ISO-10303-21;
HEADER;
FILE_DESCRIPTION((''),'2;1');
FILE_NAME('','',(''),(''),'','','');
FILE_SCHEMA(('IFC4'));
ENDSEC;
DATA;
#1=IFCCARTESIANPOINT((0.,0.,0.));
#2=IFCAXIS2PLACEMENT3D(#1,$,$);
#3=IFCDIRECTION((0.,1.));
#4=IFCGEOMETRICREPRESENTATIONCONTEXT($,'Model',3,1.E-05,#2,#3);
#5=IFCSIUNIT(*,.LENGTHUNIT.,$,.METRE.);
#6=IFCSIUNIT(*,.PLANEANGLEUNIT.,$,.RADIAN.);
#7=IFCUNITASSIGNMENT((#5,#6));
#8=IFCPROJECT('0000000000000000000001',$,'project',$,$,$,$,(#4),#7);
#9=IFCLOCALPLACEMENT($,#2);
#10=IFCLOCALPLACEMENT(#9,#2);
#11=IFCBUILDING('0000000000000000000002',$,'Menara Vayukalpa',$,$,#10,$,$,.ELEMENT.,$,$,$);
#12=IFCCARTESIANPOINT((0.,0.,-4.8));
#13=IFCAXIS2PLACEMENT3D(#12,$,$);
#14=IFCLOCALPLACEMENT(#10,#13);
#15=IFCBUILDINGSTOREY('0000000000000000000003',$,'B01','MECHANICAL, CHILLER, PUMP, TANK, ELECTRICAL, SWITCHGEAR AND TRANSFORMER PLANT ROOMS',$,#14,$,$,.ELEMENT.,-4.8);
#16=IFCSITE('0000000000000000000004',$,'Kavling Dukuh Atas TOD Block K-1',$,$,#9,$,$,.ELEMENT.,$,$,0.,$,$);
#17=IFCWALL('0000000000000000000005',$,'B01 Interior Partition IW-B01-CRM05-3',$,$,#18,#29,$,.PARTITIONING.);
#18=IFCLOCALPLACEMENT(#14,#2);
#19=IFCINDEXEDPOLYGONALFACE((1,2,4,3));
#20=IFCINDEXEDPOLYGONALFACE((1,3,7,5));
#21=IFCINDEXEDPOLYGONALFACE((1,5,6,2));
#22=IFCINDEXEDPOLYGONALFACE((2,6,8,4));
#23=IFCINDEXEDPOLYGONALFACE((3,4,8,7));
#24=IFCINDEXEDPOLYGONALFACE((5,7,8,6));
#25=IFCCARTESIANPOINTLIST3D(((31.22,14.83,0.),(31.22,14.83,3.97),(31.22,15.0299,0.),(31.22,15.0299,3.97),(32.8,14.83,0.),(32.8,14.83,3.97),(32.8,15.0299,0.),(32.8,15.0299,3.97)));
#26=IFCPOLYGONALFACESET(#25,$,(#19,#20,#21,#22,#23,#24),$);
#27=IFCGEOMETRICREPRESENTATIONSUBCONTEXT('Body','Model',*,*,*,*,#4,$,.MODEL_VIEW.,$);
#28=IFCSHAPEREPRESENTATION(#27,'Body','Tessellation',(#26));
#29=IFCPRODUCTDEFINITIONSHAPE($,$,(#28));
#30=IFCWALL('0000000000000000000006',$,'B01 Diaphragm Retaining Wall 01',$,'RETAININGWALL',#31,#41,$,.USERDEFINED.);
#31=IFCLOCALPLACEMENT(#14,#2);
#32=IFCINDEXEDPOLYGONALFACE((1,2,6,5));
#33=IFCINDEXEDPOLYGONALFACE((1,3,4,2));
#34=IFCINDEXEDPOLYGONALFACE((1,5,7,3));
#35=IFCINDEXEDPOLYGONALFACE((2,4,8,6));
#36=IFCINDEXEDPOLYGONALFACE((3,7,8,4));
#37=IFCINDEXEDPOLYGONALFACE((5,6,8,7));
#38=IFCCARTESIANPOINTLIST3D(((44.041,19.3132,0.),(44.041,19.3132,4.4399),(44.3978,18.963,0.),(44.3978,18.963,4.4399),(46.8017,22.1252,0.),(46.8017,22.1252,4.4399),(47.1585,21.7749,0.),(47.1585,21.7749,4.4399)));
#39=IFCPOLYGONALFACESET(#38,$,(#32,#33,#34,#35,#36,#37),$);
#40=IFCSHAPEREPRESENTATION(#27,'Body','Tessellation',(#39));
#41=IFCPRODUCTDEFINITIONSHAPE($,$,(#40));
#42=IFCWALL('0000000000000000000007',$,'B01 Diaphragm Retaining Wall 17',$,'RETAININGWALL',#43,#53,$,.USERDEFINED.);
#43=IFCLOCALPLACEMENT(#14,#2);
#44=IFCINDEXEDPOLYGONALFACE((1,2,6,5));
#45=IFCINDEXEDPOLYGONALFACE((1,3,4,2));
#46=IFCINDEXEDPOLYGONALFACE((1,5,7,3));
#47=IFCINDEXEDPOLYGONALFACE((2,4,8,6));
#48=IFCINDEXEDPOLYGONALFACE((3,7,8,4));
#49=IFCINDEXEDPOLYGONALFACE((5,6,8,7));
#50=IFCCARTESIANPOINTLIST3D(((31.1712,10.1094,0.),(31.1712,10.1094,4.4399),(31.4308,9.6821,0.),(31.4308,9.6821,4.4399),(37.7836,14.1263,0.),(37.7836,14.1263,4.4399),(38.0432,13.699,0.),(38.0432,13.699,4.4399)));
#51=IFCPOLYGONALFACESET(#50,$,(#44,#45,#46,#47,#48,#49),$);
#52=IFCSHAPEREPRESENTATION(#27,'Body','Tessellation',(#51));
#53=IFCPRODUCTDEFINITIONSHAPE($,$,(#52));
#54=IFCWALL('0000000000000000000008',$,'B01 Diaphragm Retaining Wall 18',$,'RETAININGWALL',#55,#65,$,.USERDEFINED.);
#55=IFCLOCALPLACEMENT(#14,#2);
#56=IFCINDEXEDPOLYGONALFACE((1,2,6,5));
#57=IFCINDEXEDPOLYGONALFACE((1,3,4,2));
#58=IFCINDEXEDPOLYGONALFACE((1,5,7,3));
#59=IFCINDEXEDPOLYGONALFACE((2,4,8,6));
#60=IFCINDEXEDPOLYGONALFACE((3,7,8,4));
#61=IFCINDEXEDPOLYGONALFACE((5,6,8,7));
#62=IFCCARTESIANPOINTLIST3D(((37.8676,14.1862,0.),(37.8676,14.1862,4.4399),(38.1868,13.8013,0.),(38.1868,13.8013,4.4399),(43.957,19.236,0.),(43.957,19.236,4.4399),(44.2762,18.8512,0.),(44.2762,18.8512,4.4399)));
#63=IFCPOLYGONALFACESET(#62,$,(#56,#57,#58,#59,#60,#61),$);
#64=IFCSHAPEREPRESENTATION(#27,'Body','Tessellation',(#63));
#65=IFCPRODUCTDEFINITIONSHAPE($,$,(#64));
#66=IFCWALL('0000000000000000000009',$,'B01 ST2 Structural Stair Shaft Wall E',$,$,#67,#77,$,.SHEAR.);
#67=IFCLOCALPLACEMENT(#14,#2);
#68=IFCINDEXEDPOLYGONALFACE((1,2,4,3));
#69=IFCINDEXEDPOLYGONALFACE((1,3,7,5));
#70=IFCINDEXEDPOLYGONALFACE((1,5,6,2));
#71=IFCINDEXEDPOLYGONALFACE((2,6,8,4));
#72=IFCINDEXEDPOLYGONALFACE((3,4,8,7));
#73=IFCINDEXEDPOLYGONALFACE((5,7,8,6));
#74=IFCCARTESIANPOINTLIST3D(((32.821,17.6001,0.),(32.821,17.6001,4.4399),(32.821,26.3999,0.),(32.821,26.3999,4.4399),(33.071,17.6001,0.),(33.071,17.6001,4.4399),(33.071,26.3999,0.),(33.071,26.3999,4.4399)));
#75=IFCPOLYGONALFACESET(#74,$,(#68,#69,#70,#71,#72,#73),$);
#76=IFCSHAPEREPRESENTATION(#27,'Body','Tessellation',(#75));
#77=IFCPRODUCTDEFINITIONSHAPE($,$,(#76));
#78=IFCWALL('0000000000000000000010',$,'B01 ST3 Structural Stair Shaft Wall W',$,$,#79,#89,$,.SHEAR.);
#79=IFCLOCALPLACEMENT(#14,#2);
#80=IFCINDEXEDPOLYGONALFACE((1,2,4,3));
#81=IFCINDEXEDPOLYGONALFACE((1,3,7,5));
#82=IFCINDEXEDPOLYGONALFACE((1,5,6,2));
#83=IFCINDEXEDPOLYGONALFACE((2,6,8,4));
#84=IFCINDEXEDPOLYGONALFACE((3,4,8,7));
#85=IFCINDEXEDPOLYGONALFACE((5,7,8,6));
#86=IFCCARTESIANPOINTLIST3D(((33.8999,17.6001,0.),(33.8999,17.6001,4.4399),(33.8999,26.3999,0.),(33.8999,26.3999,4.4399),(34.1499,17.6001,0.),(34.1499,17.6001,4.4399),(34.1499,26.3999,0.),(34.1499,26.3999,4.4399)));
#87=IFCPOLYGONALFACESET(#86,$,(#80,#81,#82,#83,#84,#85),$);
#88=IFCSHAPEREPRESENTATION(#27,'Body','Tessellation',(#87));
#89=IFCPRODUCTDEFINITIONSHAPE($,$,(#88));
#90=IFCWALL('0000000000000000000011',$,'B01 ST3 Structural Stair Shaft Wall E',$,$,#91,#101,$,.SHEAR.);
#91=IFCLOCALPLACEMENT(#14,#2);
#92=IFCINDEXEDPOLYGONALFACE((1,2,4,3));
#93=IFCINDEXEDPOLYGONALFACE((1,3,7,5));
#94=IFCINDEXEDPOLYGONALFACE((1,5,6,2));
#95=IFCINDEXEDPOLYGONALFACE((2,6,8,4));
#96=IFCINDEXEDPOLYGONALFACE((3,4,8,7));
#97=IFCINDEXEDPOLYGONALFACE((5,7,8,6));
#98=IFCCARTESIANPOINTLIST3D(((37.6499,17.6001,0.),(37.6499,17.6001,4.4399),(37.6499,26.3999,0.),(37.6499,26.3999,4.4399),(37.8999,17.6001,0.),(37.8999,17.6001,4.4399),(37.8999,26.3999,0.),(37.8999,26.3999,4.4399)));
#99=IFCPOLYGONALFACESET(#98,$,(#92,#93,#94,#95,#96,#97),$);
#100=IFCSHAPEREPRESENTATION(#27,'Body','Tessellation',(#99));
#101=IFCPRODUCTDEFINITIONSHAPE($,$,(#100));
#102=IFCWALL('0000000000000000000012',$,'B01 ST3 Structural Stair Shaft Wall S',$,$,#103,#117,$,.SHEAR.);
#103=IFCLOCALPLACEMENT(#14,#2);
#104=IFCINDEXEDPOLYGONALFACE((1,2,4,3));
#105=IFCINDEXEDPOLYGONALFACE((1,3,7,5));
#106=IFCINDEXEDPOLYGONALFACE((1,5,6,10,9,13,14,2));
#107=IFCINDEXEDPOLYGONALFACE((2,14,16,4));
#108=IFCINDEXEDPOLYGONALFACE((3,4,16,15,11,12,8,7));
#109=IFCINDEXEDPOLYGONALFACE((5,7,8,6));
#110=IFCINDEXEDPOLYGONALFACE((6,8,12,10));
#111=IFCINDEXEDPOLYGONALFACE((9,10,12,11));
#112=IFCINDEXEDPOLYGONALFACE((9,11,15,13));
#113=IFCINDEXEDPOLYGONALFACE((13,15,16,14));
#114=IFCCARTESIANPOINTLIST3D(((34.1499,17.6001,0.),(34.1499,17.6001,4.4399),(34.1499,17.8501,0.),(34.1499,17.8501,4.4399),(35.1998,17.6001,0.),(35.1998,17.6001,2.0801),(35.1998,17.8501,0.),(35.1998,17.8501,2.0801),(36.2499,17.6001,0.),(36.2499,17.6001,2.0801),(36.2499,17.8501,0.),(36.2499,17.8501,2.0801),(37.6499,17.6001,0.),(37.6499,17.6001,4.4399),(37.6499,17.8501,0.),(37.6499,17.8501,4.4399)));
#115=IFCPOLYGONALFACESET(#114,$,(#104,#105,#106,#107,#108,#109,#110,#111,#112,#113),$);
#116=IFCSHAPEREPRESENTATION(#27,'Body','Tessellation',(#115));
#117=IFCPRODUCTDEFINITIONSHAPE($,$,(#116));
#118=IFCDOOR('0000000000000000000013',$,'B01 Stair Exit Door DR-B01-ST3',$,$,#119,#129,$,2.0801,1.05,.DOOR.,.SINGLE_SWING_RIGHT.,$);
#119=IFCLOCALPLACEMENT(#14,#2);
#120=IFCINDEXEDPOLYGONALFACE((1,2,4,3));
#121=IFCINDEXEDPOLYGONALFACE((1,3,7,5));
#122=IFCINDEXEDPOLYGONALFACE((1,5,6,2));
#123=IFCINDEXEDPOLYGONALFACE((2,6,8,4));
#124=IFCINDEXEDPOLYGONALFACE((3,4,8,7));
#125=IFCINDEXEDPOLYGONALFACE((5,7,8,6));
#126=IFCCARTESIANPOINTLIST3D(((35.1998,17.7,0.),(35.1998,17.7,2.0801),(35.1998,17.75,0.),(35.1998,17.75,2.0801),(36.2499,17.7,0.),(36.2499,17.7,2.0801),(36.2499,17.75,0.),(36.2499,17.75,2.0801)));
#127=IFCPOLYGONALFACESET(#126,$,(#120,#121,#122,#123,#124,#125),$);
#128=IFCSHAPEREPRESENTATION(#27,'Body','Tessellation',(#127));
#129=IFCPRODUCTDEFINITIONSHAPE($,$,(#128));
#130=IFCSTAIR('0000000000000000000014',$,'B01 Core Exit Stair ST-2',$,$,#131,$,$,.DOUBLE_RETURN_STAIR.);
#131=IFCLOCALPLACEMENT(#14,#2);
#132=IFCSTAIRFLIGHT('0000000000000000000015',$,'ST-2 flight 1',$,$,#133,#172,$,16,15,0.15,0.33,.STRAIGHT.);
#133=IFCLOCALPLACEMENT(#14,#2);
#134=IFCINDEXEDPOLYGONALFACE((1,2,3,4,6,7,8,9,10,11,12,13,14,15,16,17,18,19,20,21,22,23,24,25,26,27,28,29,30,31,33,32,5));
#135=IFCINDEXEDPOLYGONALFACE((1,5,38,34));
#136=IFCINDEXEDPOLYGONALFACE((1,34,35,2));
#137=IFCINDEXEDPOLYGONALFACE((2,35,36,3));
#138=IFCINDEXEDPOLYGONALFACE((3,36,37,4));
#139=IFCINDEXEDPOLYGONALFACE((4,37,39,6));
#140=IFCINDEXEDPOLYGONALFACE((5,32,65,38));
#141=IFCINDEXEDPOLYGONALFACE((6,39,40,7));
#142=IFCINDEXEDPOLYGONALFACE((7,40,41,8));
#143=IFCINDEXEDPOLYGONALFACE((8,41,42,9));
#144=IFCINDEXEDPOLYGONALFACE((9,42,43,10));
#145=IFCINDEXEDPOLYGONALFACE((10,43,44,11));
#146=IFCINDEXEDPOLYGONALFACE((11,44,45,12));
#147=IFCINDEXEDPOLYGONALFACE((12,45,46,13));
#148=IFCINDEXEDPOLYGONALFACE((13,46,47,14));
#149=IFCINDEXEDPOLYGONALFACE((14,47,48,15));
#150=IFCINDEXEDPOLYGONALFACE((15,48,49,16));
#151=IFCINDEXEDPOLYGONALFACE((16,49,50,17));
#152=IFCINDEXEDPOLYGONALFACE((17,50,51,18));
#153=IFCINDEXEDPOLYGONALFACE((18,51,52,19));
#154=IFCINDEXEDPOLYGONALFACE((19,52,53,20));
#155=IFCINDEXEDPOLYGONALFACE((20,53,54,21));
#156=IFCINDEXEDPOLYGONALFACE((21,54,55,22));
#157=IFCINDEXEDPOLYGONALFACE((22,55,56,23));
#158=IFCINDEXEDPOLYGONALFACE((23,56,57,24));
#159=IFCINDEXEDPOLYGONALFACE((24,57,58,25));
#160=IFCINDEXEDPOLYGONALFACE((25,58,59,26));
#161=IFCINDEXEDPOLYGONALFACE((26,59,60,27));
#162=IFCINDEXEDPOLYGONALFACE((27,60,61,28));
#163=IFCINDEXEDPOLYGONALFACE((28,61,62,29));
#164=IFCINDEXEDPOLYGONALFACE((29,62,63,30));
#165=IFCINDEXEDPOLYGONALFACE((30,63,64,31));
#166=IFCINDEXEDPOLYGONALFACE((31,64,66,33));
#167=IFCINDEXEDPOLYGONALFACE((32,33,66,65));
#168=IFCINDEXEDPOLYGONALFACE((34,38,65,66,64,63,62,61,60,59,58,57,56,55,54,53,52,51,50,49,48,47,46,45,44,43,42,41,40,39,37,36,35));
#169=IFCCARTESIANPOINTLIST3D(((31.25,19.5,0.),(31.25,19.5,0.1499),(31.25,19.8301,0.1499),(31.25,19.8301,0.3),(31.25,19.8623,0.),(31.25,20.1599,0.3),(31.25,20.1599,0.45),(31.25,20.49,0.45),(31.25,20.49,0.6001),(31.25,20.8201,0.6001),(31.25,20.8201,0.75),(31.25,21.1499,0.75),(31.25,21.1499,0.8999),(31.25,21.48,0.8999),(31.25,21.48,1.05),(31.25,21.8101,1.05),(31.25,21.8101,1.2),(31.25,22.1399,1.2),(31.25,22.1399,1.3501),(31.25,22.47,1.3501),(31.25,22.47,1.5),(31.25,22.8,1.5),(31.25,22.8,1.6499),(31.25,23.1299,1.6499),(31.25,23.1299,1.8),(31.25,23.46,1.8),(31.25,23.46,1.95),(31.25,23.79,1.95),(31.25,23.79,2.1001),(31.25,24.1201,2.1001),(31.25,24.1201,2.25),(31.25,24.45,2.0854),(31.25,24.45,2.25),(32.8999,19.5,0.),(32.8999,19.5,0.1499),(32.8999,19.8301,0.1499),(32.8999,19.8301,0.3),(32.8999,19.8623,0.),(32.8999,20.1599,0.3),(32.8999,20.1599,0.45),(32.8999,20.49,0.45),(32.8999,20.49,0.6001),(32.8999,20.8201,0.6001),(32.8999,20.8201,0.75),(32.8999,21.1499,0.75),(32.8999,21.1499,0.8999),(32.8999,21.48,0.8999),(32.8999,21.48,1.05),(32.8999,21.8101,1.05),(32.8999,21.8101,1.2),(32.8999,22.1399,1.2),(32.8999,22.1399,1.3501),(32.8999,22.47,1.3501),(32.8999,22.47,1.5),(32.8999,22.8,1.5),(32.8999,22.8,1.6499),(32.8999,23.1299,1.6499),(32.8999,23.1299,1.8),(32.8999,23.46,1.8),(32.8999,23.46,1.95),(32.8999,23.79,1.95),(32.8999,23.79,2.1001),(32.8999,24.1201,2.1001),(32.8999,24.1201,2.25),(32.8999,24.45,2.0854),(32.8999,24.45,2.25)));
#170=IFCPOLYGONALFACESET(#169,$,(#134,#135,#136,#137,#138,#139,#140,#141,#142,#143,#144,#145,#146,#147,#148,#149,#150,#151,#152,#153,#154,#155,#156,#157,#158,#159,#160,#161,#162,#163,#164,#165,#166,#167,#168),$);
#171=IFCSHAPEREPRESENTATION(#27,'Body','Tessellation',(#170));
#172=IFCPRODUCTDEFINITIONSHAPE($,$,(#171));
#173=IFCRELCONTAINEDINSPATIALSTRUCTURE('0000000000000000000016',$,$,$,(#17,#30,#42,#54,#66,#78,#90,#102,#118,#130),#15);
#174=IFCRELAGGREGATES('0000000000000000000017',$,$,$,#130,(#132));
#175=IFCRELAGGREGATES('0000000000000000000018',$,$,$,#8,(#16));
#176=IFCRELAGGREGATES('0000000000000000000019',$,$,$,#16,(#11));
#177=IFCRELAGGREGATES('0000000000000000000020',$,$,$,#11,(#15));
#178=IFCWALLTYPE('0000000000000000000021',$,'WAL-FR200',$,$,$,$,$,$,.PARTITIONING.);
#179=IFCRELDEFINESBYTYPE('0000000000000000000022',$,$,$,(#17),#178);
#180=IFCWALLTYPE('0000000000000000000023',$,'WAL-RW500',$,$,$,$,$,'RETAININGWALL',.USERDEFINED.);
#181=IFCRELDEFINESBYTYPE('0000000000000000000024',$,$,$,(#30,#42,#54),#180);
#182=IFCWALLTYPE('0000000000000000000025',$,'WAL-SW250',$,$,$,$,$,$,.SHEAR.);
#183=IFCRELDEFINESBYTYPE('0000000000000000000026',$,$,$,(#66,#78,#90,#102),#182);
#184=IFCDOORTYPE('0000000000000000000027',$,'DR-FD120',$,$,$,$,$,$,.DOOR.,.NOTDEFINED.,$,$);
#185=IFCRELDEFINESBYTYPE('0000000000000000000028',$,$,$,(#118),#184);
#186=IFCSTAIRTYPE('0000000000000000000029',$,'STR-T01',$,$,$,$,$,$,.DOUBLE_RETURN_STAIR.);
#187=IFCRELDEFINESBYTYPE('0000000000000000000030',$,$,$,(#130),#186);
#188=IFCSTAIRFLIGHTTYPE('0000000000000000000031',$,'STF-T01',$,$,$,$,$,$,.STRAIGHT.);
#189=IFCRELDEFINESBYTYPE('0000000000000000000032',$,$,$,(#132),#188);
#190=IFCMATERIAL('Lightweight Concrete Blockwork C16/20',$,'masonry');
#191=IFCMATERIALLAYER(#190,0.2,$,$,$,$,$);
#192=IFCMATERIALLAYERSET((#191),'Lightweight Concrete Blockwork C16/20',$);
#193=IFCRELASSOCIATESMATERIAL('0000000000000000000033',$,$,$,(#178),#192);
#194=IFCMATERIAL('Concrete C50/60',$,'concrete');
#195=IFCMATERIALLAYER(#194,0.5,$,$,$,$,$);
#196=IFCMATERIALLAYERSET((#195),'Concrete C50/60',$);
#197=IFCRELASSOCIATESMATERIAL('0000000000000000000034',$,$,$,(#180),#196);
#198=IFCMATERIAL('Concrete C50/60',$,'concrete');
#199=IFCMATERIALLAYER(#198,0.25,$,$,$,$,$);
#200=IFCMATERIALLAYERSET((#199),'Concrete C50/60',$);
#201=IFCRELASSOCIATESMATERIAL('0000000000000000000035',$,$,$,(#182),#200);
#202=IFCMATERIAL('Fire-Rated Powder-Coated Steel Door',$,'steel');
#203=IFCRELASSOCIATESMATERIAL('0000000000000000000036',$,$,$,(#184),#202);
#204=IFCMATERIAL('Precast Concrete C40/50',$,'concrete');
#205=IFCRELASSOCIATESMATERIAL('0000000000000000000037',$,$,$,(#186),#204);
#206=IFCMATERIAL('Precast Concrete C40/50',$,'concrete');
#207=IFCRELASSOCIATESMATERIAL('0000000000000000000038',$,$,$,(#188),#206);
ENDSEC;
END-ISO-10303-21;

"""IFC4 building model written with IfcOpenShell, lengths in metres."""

from ifc_helpers import new_model, si_unit, direction, frame, frame_2d, origin, place, context, subcontext, project, spatial, polyline, rectangle, outline, extrude, material, layer, layer_set, type_object, element, fill, aggregate, save


model = new_model("IFC4")

# Units and contexts
model_context = context("Model", 3, precision=1e-05, world=origin(), true_north=direction((0.0, 1.0)))
body_context = subcontext(model_context, "Body", "Model", "MODEL_VIEW")
ifc_project = project(units=[si_unit("LENGTHUNIT", "METRE"), si_unit("PLANEANGLEUNIT", "RADIAN")], contexts=[model_context])

# Site, building, storey
site_placement = place(None, origin())
site = spatial("IfcSite", under=ifc_project, at=site_placement, Name="Kavling Dukuh Atas TOD Block K-1", CompositionType="ELEMENT", RefElevation=0.0)
building_placement = place(site_placement, origin())
building = spatial("IfcBuilding", under=site, at=building_placement, Name="Menara Vayukalpa", CompositionType="ELEMENT")
storey_placement = place(building_placement, frame((0.0, 0.0, -4.8)))
storey = spatial("IfcBuildingStorey", under=building, at=storey_placement, Name="B01", Description="MECHANICAL, CHILLER, PUMP, TANK, ELECTRICAL, SWITCHGEAR AND TRANSFORMER PLANT ROOMS", CompositionType="ELEMENT", Elevation=-4.8)

# Shared definitions
ifc_material_1 = material(Name="Lightweight Concrete Blockwork C16/20", Category="masonry")
ifc_layer_1 = layer(ifc_material_1, 0.2)
ifc_layer_set_1 = layer_set([ifc_layer_1], Name="Lightweight Concrete Blockwork C16/20")
wall_type_1 = type_object("IfcWallType", Name="WAL-FR200", PredefinedType="PARTITIONING", material=ifc_layer_set_1)

# Walls
wall_1_placement = place(storey_placement, frame((32.8, 14.9299, 0.0), z_axis=(0.0, 0.0, 1.0), x_axis=(-1.0, 0.0, 0.0)))
element("IfcWall", 1, at=wall_1_placement, inside=storey, type_object=wall_type_1, Name="B01 Interior Partition IW-B01-CRM05-3", PredefinedType="PARTITIONING", context=body_context, shape_type="SweptSolid", body=[
    extrude(rectangle(XDim=1.5801, YDim=0.2, at=frame_2d((0.79, 0.0))), origin(), (0.0, 0.0, 1.0), 3.97),
])
ifc_material_2 = material(Name="Concrete C50/60", Category="concrete")
ifc_layer_2 = layer(ifc_material_2, 0.5)
ifc_layer_set_2 = layer_set([ifc_layer_2], Name="Concrete C50/60")
wall_type_2 = type_object("IfcWallType", Name="WAL-RW500", ElementType="RETAININGWALL", PredefinedType="USERDEFINED", material=ifc_layer_set_2)
wall_2_placement = place(storey_placement, frame((44.2195, 19.1382, 0.0), z_axis=(0.0, 0.0, 1.0), x_axis=(0.700572, 0.713582, 0.0)))
element("IfcWall", 2, at=wall_2_placement, inside=storey, type_object=wall_type_2, Name="B01 Diaphragm Retaining Wall 01", ObjectType="RETAININGWALL", PredefinedType="USERDEFINED", context=body_context, shape_type="SweptSolid", body=[
    extrude(rectangle(XDim=3.9407, YDim=0.5, at=frame_2d((1.9702, 0.0))), origin(), (0.0, 0.0, 1.0), 4.4399),
])
wall_3_placement = place(storey_placement, frame((31.301, 9.8958, 0.0), z_axis=(0.0, 0.0, 1.0), x_axis=(0.85466, 0.519189, 0.0)))
element("IfcWall", 3, at=wall_3_placement, inside=storey, type_object=wall_type_2, Name="B01 Diaphragm Retaining Wall 17", ObjectType="RETAININGWALL", PredefinedType="USERDEFINED", context=body_context, shape_type="SweptSolid", body=[
    extrude(rectangle(XDim=7.7368, YDim=0.5, at=frame_2d((3.8684, 0.0))), origin(), (0.0, 0.0, 1.0), 4.4399),
])
wall_4_placement = place(storey_placement, frame((38.0271, 13.9937, 0.0), z_axis=(0.0, 0.0, 1.0), x_axis=(0.769752, 0.638343, 0.0)))
element("IfcWall", 4, at=wall_4_placement, inside=storey, type_object=wall_type_2, Name="B01 Diaphragm Retaining Wall 18", ObjectType="RETAININGWALL", PredefinedType="USERDEFINED", context=body_context, shape_type="SweptSolid", body=[
    extrude(rectangle(XDim=7.9109, YDim=0.5, at=frame_2d((3.9556, 0.0))), origin(), (0.0, 0.0, 1.0), 4.4399),
])
ifc_material_3 = material(Name="Concrete C50/60", Category="concrete")
ifc_layer_3 = layer(ifc_material_3, 0.25)
ifc_layer_set_3 = layer_set([ifc_layer_3], Name="Concrete C50/60")
wall_type_3 = type_object("IfcWallType", Name="WAL-SW250", PredefinedType="SHEAR", material=ifc_layer_set_3)
for number, where, z_axis, x_axis, name in (
    (5, (32.946, 17.6001, 0.0), (0.0, 0.0, 1.0), (0.0, 1.0, 0.0), "B01 ST2 Structural Stair Shaft Wall E"),
    (6, (34.0249, 17.6001, 0.0), (0.0, 0.0, 1.0), (0.0, 1.0, 0.0), "B01 ST3 Structural Stair Shaft Wall W"),
    (7, (37.7749, 17.6001, 0.0), (0.0, 0.0, 1.0), (0.0, 1.0, 0.0), "B01 ST3 Structural Stair Shaft Wall E"),
):
    element("IfcWall", number, at=place(storey_placement, frame(where, z_axis=z_axis, x_axis=x_axis)), inside=storey, type_object=wall_type_3, Name=name, PredefinedType="SHEAR", context=body_context, shape_type="SweptSolid", body=[
        extrude(rectangle(XDim=8.7998, YDim=0.25, at=frame_2d((4.3999, 0.0))), origin(), (0.0, 0.0, 1.0), 4.4399),
    ])

# Wall, opening, door
wall_5_placement = place(storey_placement, frame((34.1499, 17.7251, 0.0), z_axis=(0.0, 0.0, 1.0), x_axis=(1.0, 0.0, 0.0)))
wall_5 = element("IfcWall", 8, at=wall_5_placement, inside=storey, type_object=wall_type_3, Name="B01 ST3 Structural Stair Shaft Wall S", PredefinedType="SHEAR", context=body_context, shape_type="SweptSolid", body=[
    extrude(rectangle(XDim=3.5, YDim=0.25, at=frame_2d((1.75, 0.0))), origin(), (0.0, 0.0, 1.0), 4.4399),
])
opening_1_placement = place(wall_5_placement, frame((1.05, 0.0, 0.0)))
opening_1 = element("IfcOpeningElement", 9, at=opening_1_placement, cuts=wall_5, PredefinedType="OPENING", context=body_context, shape_type="SweptSolid", body=[
    extrude(rectangle(XDim=1.05, YDim=2.0801, at=frame_2d((0.5249, 1.04))), frame((0.0, 0.135, 0.0), z_axis=(0.0, -1.0, 0.0), x_axis=(1.0, 0.0, 0.0)), (0.0, 0.0, 1.0), 0.27),
])
ifc_material_4 = material(Name="Fire-Rated Powder-Coated Steel Door", Category="steel")
door_type_1 = type_object("IfcDoorType", Name="DR-FD120", OperationType="NOTDEFINED", PredefinedType="DOOR", material=ifc_material_4)
door_1_placement = place(opening_1_placement, origin())
door_1 = element("IfcDoor", 10, at=door_1_placement, inside=storey, type_object=door_type_1, Name="B01 Stair Exit Door DR-B01-ST3", OperationType="SINGLE_SWING_RIGHT", OverallHeight=2.0801, OverallWidth=1.05, PredefinedType="DOOR", context=body_context, shape_type="SweptSolid", body=[
    extrude(rectangle(XDim=1.05, YDim=2.0801, at=frame_2d((0.5249, 1.04))), frame((0.0, 0.0249, 0.0), z_axis=(0.0, -1.0, 0.0), x_axis=(1.0, 0.0, 0.0)), (0.0, 0.0, 1.0), 0.05),
])
fill(opening_1, door_1)

# Stair, stair flight
ifc_material_5 = material(Name="Precast Concrete C40/50", Category="concrete")
stair_type = type_object("IfcStairType", Name="STR-T01", PredefinedType="DOUBLE_RETURN_STAIR", material=ifc_material_5)
stair_1_placement = place(storey_placement, origin())
stair_1 = element("IfcStair", 11, at=stair_1_placement, inside=storey, type_object=stair_type, Name="B01 Core Exit Stair ST-2", PredefinedType="DOUBLE_RETURN_STAIR")
ifc_material_6 = material(Name="Precast Concrete C40/50", Category="concrete")
stair_flight_type = type_object("IfcStairFlightType", Name="STF-T01", PredefinedType="STRAIGHT", material=ifc_material_6)
stair_flight_1_placement = place(storey_placement, frame((32.075, 19.5, 0.0), z_axis=(0.0, 0.0, 1.0), x_axis=(0.0, 1.0, 0.0)))
stair_flight_1 = element("IfcStairFlight", 12, at=stair_flight_1_placement, type_object=stair_flight_type, Name="ST-2 flight 1", NumberOfRisers=16, NumberOfTreads=15, PredefinedType="STRAIGHT", RiserHeight=0.15, TreadLength=0.33, context=body_context, shape_type="SweptSolid", body=[
    extrude(outline(polyline([(0.0, 0.0), (0.0, 0.1499), (0.3301, 0.1499), (0.3301, 0.3), (0.6599, 0.3), (0.6599, 0.45), (0.99, 0.45), (0.99, 0.6001), (1.3201, 0.6001), (1.3201, 0.75), (1.6499, 0.75), (1.6499, 0.8999), (1.98, 0.8999), (1.98, 1.05), (2.3101, 1.05), (2.3101, 1.2), (2.6399, 1.2), (2.6399, 1.3501), (2.97, 1.3501), (2.97, 1.5), (3.3, 1.5), (3.3, 1.6499), (3.6299, 1.6499), (3.6299, 1.8), (3.96, 1.8), (3.96, 1.95), (4.29, 1.95), (4.29, 2.1001), (4.6201, 2.1001), (4.6201, 2.25), (4.95, 2.25), (4.95, 2.3999), (4.95, 2.0854), (0.3623, 0.0), (0.0, 0.0)])), frame((0.0, 0.825, 0.0), z_axis=(0.0, -1.0, 0.0), x_axis=(1.0, 0.0, 0.0)), (0.0, 0.0, 1.0), 1.6499),
])
aggregate(stair_1, [stair_flight_1])

save(model, "model.ifc")
